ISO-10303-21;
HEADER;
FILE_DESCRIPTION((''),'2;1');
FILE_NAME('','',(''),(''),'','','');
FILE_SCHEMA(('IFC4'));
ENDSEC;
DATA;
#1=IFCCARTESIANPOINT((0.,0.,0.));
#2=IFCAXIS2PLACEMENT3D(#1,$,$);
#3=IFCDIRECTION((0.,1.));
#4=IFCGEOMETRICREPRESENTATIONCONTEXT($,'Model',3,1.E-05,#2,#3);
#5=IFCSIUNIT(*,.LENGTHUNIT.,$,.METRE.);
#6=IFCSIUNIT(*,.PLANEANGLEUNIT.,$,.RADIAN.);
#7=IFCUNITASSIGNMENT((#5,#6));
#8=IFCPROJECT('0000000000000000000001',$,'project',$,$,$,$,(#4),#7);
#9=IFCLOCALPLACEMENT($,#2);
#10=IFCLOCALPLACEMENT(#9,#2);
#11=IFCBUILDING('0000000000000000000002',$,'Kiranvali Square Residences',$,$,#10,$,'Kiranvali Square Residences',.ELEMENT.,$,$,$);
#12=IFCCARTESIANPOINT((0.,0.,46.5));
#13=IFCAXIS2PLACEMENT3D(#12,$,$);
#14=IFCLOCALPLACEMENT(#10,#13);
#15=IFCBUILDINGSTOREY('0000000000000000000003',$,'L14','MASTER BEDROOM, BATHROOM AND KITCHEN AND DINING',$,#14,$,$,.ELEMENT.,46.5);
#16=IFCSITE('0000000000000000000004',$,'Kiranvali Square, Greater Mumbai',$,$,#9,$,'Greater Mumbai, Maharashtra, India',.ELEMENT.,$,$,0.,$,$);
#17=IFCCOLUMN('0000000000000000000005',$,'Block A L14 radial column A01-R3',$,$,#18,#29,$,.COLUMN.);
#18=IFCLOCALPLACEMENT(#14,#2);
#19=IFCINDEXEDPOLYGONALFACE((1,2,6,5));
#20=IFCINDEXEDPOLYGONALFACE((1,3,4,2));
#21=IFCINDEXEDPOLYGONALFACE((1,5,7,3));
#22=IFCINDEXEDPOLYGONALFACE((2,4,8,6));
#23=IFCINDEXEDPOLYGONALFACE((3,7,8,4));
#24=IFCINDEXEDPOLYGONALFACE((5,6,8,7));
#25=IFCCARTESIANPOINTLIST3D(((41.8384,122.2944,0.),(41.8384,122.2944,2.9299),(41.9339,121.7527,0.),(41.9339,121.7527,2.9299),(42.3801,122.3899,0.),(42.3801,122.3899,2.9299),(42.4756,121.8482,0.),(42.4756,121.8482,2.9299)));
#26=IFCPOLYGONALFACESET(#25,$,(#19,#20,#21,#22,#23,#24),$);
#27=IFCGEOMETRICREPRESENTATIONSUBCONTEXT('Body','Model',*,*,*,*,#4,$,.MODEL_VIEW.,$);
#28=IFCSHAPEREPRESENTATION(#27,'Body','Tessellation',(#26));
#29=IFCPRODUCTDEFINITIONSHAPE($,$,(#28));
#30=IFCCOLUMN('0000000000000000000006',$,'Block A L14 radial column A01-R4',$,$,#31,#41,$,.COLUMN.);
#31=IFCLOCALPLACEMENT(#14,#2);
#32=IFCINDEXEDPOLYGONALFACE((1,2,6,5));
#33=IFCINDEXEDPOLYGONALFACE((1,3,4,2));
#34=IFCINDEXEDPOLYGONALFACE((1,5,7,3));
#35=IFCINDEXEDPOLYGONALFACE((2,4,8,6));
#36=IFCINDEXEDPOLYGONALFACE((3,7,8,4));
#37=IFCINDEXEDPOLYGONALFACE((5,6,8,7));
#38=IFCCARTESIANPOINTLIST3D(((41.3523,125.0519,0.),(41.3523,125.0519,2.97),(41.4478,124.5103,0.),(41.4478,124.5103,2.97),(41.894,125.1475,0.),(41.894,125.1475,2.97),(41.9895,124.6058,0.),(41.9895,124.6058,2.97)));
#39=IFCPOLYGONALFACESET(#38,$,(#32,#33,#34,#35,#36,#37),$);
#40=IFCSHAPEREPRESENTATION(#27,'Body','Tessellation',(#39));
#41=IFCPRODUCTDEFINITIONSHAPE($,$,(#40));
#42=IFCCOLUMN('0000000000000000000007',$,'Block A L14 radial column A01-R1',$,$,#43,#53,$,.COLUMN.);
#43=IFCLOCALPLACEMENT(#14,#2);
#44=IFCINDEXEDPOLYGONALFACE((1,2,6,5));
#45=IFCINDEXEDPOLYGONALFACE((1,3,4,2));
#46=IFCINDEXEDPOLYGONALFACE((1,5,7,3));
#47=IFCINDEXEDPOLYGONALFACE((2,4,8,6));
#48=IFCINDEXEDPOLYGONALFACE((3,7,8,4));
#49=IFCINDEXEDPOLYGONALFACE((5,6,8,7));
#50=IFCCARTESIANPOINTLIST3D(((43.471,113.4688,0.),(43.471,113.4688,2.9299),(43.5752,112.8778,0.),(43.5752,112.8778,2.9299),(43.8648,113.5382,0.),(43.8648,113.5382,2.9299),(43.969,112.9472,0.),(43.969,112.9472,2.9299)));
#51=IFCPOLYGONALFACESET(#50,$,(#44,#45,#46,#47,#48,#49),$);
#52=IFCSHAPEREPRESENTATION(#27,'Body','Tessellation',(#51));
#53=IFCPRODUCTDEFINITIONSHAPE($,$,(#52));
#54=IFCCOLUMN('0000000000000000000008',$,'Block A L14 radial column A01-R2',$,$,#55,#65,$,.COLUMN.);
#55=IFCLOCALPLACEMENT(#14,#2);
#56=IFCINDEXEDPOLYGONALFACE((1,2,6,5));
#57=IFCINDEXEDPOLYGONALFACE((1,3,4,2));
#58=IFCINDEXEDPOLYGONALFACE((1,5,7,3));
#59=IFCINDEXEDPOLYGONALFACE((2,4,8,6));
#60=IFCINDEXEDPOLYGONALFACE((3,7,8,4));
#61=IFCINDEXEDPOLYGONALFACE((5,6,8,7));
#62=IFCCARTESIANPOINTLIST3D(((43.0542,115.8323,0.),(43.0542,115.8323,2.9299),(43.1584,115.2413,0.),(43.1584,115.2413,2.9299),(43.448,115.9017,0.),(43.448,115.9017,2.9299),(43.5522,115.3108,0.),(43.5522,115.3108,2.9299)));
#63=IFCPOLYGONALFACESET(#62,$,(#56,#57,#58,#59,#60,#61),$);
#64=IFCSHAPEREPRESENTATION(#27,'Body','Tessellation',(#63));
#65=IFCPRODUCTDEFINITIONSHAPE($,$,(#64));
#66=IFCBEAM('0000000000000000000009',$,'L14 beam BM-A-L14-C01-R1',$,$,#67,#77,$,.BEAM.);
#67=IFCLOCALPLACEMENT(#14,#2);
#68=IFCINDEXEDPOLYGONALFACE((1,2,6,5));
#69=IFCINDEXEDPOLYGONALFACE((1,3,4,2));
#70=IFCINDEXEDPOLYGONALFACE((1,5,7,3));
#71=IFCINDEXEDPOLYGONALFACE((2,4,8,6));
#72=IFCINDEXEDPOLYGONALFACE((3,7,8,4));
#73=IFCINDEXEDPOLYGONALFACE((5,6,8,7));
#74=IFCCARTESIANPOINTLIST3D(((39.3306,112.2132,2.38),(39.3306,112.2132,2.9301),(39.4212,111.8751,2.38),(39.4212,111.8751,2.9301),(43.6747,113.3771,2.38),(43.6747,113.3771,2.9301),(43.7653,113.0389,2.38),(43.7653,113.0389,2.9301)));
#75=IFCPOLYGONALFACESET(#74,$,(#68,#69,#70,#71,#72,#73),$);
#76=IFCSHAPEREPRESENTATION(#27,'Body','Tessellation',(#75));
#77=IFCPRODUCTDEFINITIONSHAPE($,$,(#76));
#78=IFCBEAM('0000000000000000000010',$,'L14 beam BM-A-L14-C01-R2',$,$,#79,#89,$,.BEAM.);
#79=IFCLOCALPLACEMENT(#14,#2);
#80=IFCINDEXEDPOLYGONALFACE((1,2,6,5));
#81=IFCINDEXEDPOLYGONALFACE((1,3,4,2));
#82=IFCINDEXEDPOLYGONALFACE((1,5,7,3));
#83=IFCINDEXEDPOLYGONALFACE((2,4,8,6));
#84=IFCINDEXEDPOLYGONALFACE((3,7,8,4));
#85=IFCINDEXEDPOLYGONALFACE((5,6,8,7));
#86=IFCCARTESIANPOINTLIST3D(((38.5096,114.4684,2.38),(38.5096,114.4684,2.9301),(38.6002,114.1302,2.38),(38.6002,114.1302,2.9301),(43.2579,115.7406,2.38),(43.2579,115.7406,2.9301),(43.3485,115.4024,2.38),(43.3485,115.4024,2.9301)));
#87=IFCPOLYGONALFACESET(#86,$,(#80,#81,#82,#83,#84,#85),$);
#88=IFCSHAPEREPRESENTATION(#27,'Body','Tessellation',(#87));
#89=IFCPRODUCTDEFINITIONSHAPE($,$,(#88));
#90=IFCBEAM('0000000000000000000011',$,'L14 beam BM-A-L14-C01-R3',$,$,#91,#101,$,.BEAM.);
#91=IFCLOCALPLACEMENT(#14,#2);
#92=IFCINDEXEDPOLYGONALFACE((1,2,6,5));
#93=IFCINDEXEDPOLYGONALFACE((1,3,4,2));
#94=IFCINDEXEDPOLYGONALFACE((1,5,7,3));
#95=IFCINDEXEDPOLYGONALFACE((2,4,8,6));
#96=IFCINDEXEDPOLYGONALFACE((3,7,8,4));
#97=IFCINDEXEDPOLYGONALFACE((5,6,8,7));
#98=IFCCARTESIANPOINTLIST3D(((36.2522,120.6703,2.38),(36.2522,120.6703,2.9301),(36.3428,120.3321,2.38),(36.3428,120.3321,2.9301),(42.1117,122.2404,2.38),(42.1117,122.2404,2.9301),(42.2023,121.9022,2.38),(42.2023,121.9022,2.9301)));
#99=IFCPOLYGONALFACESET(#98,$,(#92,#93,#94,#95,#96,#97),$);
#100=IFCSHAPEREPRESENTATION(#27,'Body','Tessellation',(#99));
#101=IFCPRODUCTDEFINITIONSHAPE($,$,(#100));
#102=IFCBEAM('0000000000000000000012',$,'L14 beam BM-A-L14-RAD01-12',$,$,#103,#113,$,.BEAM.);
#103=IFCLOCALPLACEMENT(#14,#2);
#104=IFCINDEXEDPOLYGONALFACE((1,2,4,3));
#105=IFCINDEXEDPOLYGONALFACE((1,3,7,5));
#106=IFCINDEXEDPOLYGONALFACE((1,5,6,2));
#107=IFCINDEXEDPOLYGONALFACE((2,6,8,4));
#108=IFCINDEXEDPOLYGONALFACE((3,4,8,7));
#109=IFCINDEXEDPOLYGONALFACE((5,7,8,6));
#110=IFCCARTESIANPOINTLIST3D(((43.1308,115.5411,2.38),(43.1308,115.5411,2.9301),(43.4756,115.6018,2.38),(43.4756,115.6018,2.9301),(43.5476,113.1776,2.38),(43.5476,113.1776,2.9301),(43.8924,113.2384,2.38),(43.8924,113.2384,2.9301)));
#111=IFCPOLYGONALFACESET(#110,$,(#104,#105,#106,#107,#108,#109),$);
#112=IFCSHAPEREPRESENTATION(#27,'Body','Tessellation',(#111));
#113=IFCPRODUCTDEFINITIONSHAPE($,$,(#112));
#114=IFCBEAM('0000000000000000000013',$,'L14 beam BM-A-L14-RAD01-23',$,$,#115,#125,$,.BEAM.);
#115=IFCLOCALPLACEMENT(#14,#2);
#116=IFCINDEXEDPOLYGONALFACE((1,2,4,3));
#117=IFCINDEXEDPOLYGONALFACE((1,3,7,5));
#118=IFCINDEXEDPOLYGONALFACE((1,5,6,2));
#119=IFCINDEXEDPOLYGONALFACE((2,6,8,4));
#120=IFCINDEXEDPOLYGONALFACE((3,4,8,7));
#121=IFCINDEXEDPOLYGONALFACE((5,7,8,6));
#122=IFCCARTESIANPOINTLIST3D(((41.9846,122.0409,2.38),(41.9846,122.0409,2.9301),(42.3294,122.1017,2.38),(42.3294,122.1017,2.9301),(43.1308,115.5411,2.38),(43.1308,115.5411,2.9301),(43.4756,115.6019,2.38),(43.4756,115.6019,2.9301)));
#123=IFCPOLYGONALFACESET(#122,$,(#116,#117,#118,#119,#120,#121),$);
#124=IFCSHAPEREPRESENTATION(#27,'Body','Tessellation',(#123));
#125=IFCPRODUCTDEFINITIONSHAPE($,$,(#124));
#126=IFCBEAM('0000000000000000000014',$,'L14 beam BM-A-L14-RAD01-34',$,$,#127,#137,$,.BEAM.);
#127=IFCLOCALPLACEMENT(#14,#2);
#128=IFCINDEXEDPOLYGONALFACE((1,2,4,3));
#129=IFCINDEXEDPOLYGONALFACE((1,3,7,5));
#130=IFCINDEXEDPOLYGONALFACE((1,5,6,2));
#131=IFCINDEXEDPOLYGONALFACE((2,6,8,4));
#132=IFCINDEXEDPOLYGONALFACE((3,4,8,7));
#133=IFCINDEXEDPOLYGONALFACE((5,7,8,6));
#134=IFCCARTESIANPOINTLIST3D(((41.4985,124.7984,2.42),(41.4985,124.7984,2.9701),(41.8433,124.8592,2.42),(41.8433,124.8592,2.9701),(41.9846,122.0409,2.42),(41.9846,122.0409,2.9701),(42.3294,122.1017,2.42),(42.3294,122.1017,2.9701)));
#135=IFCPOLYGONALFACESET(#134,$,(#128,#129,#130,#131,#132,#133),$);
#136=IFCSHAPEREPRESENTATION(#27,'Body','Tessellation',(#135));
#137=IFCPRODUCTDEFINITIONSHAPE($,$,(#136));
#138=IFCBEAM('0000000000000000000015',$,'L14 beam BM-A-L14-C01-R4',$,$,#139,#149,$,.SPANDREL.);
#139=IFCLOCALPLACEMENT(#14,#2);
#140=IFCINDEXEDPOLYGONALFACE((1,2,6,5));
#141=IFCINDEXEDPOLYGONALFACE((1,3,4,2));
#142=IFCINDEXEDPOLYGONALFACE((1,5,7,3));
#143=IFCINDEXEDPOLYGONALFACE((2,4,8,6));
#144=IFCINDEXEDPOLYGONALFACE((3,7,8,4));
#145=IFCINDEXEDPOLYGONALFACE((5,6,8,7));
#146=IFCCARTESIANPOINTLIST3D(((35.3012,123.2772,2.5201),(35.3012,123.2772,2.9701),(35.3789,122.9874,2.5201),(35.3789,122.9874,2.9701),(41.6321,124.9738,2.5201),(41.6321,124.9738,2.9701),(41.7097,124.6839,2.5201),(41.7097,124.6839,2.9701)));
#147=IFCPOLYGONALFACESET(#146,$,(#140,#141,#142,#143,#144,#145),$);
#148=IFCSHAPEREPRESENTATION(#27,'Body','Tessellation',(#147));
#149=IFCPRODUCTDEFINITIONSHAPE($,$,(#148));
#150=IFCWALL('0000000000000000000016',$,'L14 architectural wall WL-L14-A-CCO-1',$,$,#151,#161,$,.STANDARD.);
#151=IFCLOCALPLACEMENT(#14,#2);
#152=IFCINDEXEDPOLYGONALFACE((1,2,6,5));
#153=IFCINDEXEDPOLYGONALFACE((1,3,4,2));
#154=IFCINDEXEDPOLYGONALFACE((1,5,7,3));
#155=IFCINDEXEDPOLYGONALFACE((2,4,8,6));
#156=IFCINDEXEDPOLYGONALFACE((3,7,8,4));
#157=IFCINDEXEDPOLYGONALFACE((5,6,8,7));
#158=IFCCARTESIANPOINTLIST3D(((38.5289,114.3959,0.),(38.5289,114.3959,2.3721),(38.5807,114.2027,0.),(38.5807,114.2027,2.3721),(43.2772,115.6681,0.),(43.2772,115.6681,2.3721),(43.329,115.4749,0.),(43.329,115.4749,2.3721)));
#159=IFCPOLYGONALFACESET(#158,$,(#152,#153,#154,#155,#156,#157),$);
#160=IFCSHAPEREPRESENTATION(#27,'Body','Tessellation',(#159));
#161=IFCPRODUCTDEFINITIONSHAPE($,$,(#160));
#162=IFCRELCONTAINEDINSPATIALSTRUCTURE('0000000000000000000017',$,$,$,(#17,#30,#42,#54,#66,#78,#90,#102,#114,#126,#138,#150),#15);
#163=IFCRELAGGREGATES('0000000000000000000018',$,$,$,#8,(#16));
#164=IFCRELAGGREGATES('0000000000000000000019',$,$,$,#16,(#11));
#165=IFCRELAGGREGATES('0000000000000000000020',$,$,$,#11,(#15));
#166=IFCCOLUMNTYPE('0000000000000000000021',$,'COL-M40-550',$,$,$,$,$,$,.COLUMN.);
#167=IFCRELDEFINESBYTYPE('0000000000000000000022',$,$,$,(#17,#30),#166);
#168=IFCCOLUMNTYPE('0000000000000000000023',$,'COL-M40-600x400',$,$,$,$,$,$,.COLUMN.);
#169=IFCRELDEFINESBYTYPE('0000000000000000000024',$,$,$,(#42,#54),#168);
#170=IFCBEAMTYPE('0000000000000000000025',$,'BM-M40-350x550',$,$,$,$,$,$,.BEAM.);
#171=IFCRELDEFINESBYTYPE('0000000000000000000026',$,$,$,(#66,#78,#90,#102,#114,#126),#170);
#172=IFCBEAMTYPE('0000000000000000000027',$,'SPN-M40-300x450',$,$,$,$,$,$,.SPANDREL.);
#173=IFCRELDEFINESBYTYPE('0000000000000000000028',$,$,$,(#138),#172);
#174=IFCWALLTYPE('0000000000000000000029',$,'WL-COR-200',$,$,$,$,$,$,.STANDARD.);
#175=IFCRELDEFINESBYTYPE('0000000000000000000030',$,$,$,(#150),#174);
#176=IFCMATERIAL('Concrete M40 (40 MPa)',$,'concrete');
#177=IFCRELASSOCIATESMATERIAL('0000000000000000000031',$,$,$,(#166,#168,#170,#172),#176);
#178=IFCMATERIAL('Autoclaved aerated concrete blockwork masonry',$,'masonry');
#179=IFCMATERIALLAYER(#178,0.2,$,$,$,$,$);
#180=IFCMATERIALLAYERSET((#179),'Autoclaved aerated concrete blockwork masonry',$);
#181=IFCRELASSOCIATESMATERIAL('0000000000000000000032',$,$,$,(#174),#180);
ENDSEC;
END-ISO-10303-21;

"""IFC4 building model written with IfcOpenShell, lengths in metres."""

from ifc_helpers import new_model, si_unit, direction, frame, frame_2d, origin, origin_2d, place, context, subcontext, project, spatial, rectangle, extrude, material, layer, layer_set, material_profile, profile_set, type_object, element, save


model = new_model("IFC4")

# Units and contexts
model_context = context("Model", 3, precision=1e-05, world=origin(), true_north=direction((0.0, 1.0)))
body_context = subcontext(model_context, "Body", "Model", "MODEL_VIEW")
ifc_project = project(units=[si_unit("LENGTHUNIT", "METRE"), si_unit("PLANEANGLEUNIT", "RADIAN")], contexts=[model_context])

# Site, building, storey
site_placement = place(None, origin())
site = spatial("IfcSite", under=ifc_project, at=site_placement, Name="Kiranvali Square, Greater Mumbai", LongName="Greater Mumbai, Maharashtra, India", CompositionType="ELEMENT", RefElevation=0.0)
building_placement = place(site_placement, origin())
building = spatial("IfcBuilding", under=site, at=building_placement, Name="Kiranvali Square Residences", LongName="Kiranvali Square Residences", CompositionType="ELEMENT")
storey_placement = place(building_placement, frame((0.0, 0.0, 46.5)))
storey = spatial("IfcBuildingStorey", under=building, at=storey_placement, Name="L14", Description="MASTER BEDROOM, BATHROOM AND KITCHEN AND DINING", CompositionType="ELEMENT", Elevation=46.5)

# Columns
ifc_material_1 = material(Name="Concrete M40 (40 MPa)", Category="concrete")
ifc_material_profile_1 = material_profile(ifc_material_1, rectangle(XDim=0.55, YDim=0.55, at=origin_2d()), Name="RC 550x550")
ifc_profile_set_1 = profile_set([ifc_material_profile_1], Name="Concrete M40 (40 MPa)")
column_type_1 = type_object("IfcColumnType", Name="COL-M40-550", PredefinedType="COLUMN", material=ifc_profile_set_1)
column_1_placement = place(storey_placement, frame((42.157, 122.0713, 0.0), z_axis=(0.0, 0.0, 1.0), x_axis=(0.984808, 0.173648, 0.0)))
element("IfcColumn", 1, at=column_1_placement, inside=storey, type_object=column_type_1, Name="Block A L14 radial column A01-R3", PredefinedType="COLUMN", context=body_context, shape_type="SweptSolid", body=[
    extrude(rectangle(XDim=0.55, YDim=0.55, at=origin_2d()), origin(), (0.0, 0.0, 1.0), 2.9299),
])
column_2_placement = place(storey_placement, frame((41.6709, 124.8289, 0.0), z_axis=(0.0, 0.0, 1.0), x_axis=(0.984808, 0.173648, 0.0)))
element("IfcColumn", 2, at=column_2_placement, inside=storey, type_object=column_type_1, Name="Block A L14 radial column A01-R4", PredefinedType="COLUMN", context=body_context, shape_type="SweptSolid", body=[
    extrude(rectangle(XDim=0.55, YDim=0.55, at=origin_2d()), origin(), (0.0, 0.0, 1.0), 2.97),
])
ifc_material_profile_2 = material_profile(ifc_material_1, rectangle(XDim=0.3999, YDim=0.6001, at=origin_2d()), Name="RC 600x400")
ifc_profile_set_2 = profile_set([ifc_material_profile_2], Name="Concrete M40 (40 MPa)")
column_type_2 = type_object("IfcColumnType", Name="COL-M40-600x400", PredefinedType="COLUMN", material=ifc_profile_set_2)
for number, where, z_axis, x_axis, name in (
    (3, (43.72, 113.208, 0.0), (0.0, 0.0, 1.0), (0.984808, 0.173648, 0.0), "Block A L14 radial column A01-R1"),
    (4, (43.3032, 115.5715, 0.0), (0.0, 0.0, 1.0), (0.984808, 0.173648, 0.0), "Block A L14 radial column A01-R2"),
):
    element("IfcColumn", number, at=place(storey_placement, frame(where, z_axis=z_axis, x_axis=x_axis)), inside=storey, type_object=column_type_2, Name=name, PredefinedType="COLUMN", context=body_context, shape_type="SweptSolid", body=[
        extrude(rectangle(XDim=0.3999, YDim=0.6001, at=origin_2d()), origin(), (0.0, 0.0, 1.0), 2.9299),
    ])

# Beams
ifc_material_profile_3 = material_profile(ifc_material_1, rectangle(XDim=0.3501, YDim=0.55, at=origin_2d()), Name="RC 350x550")
ifc_profile_set_3 = profile_set([ifc_material_profile_3], Name="Concrete M40 (40 MPa)")
beam_type_1 = type_object("IfcBeamType", Name="BM-M40-350x550", PredefinedType="BEAM", material=ifc_profile_set_3)
beam_1_placement = place(storey_placement, frame((43.72, 113.208, 2.655), z_axis=(-0.965934, -0.258788, 0.0), x_axis=(0.258788, -0.965934, 0.0)))
element("IfcBeam", 5, at=beam_1_placement, inside=storey, type_object=beam_type_1, Name="L14 beam BM-A-L14-C01-R1", PredefinedType="BEAM", context=body_context, shape_type="SweptSolid", body=[
    extrude(rectangle(XDim=0.3501, YDim=0.55, at=origin_2d()), origin(), (0.0, 0.0, 1.0), 4.4973),
])
beam_2_placement = place(storey_placement, frame((43.3032, 115.5715, 2.655), z_axis=(-0.96593, -0.258803, 0.0), x_axis=(0.258803, -0.96593, 0.0)))
element("IfcBeam", 6, at=beam_2_placement, inside=storey, type_object=beam_type_1, Name="L14 beam BM-A-L14-C01-R2", PredefinedType="BEAM", context=body_context, shape_type="SweptSolid", body=[
    extrude(rectangle(XDim=0.3501, YDim=0.55, at=origin_2d()), origin(), (0.0, 0.0, 1.0), 4.9158),
])
beam_3_placement = place(storey_placement, frame((42.157, 122.0713, 2.655), z_axis=(-0.965924, -0.258827, 0.0), x_axis=(0.258827, -0.965924, 0.0)))
element("IfcBeam", 7, at=beam_3_placement, inside=storey, type_object=beam_type_1, Name="L14 beam BM-A-L14-C01-R3", PredefinedType="BEAM", context=body_context, shape_type="SweptSolid", body=[
    extrude(rectangle(XDim=0.3501, YDim=0.55, at=origin_2d()), origin(), (0.0, 0.0, 1.0), 6.0662),
])
beam_4_placement = place(storey_placement, frame((43.72, 113.208, 2.655), z_axis=(-0.173646, 0.984808, 0.0), x_axis=(-0.984808, -0.173646, 0.0)))
element("IfcBeam", 8, at=beam_4_placement, inside=storey, type_object=beam_type_1, Name="L14 beam BM-A-L14-RAD01-12", PredefinedType="BEAM", context=body_context, shape_type="SweptSolid", body=[
    extrude(rectangle(XDim=0.3501, YDim=0.55, at=origin_2d()), origin(), (0.0, 0.0, 1.0), 2.3999),
])
beam_5_placement = place(storey_placement, frame((43.3032, 115.5715, 2.655), z_axis=(-0.173671, 0.984804, 0.0), x_axis=(-0.984804, -0.173671, 0.0)))
element("IfcBeam", 9, at=beam_5_placement, inside=storey, type_object=beam_type_1, Name="L14 beam BM-A-L14-RAD01-23", PredefinedType="BEAM", context=body_context, shape_type="SweptSolid", body=[
    extrude(rectangle(XDim=0.3501, YDim=0.55, at=origin_2d()), origin(), (0.0, 0.0, 1.0), 6.6001),
])
beam_6_placement = place(storey_placement, frame((42.157, 122.0713, 2.6951), z_axis=(-0.173596, 0.984817, 0.0), x_axis=(-0.984817, -0.173596, 0.0)))
element("IfcBeam", 10, at=beam_6_placement, inside=storey, type_object=beam_type_1, Name="L14 beam BM-A-L14-RAD01-34", PredefinedType="BEAM", context=body_context, shape_type="SweptSolid", body=[
    extrude(rectangle(XDim=0.3501, YDim=0.55, at=origin_2d()), origin(), (0.0, 0.0, 1.0), 2.8),
])
ifc_material_profile_4 = material_profile(ifc_material_1, rectangle(XDim=0.3, YDim=0.45, at=origin_2d()), Name="RC 300x450")
ifc_profile_set_4 = profile_set([ifc_material_profile_4], Name="Concrete M40 (40 MPa)")
beam_type_2 = type_object("IfcBeamType", Name="SPN-M40-300x450", PredefinedType="SPANDREL", material=ifc_profile_set_4)
beam_7_placement = place(storey_placement, frame((41.6709, 124.8289, 2.7451), z_axis=(-0.965918, -0.258847, 0.0), x_axis=(0.258847, -0.965918, 0.0)))
element("IfcBeam", 11, at=beam_7_placement, inside=storey, type_object=beam_type_2, Name="L14 beam BM-A-L14-C01-R4", PredefinedType="SPANDREL", context=body_context, shape_type="SweptSolid", body=[
    extrude(rectangle(XDim=0.3, YDim=0.45, at=origin_2d()), origin(), (0.0, 0.0, 1.0), 6.5542),
])

# Shared definitions
ifc_material_2 = material(Name="Autoclaved aerated concrete blockwork masonry", Category="masonry")
ifc_layer_1 = layer(ifc_material_2, 0.2)
ifc_layer_set_1 = layer_set([ifc_layer_1], Name="Autoclaved aerated concrete blockwork masonry")
wall_type_1 = type_object("IfcWallType", Name="WL-COR-200", PredefinedType="STANDARD", material=ifc_layer_set_1)

# Wall
wall_1_placement = place(storey_placement, frame((43.3032, 115.5715, 0.0), z_axis=(0.0, 0.0, 1.0), x_axis=(-0.96593, -0.258803, 0.0)))
element("IfcWall", 12, at=wall_1_placement, inside=storey, type_object=wall_type_1, Name="L14 architectural wall WL-L14-A-CCO-1", PredefinedType="STANDARD", context=body_context, shape_type="SweptSolid", body=[
    extrude(rectangle(XDim=4.9158, YDim=0.2, at=frame_2d((2.458, 0.0))), origin(), (0.0, 0.0, 1.0), 2.3721),
])

save(model, "model.ifc")
